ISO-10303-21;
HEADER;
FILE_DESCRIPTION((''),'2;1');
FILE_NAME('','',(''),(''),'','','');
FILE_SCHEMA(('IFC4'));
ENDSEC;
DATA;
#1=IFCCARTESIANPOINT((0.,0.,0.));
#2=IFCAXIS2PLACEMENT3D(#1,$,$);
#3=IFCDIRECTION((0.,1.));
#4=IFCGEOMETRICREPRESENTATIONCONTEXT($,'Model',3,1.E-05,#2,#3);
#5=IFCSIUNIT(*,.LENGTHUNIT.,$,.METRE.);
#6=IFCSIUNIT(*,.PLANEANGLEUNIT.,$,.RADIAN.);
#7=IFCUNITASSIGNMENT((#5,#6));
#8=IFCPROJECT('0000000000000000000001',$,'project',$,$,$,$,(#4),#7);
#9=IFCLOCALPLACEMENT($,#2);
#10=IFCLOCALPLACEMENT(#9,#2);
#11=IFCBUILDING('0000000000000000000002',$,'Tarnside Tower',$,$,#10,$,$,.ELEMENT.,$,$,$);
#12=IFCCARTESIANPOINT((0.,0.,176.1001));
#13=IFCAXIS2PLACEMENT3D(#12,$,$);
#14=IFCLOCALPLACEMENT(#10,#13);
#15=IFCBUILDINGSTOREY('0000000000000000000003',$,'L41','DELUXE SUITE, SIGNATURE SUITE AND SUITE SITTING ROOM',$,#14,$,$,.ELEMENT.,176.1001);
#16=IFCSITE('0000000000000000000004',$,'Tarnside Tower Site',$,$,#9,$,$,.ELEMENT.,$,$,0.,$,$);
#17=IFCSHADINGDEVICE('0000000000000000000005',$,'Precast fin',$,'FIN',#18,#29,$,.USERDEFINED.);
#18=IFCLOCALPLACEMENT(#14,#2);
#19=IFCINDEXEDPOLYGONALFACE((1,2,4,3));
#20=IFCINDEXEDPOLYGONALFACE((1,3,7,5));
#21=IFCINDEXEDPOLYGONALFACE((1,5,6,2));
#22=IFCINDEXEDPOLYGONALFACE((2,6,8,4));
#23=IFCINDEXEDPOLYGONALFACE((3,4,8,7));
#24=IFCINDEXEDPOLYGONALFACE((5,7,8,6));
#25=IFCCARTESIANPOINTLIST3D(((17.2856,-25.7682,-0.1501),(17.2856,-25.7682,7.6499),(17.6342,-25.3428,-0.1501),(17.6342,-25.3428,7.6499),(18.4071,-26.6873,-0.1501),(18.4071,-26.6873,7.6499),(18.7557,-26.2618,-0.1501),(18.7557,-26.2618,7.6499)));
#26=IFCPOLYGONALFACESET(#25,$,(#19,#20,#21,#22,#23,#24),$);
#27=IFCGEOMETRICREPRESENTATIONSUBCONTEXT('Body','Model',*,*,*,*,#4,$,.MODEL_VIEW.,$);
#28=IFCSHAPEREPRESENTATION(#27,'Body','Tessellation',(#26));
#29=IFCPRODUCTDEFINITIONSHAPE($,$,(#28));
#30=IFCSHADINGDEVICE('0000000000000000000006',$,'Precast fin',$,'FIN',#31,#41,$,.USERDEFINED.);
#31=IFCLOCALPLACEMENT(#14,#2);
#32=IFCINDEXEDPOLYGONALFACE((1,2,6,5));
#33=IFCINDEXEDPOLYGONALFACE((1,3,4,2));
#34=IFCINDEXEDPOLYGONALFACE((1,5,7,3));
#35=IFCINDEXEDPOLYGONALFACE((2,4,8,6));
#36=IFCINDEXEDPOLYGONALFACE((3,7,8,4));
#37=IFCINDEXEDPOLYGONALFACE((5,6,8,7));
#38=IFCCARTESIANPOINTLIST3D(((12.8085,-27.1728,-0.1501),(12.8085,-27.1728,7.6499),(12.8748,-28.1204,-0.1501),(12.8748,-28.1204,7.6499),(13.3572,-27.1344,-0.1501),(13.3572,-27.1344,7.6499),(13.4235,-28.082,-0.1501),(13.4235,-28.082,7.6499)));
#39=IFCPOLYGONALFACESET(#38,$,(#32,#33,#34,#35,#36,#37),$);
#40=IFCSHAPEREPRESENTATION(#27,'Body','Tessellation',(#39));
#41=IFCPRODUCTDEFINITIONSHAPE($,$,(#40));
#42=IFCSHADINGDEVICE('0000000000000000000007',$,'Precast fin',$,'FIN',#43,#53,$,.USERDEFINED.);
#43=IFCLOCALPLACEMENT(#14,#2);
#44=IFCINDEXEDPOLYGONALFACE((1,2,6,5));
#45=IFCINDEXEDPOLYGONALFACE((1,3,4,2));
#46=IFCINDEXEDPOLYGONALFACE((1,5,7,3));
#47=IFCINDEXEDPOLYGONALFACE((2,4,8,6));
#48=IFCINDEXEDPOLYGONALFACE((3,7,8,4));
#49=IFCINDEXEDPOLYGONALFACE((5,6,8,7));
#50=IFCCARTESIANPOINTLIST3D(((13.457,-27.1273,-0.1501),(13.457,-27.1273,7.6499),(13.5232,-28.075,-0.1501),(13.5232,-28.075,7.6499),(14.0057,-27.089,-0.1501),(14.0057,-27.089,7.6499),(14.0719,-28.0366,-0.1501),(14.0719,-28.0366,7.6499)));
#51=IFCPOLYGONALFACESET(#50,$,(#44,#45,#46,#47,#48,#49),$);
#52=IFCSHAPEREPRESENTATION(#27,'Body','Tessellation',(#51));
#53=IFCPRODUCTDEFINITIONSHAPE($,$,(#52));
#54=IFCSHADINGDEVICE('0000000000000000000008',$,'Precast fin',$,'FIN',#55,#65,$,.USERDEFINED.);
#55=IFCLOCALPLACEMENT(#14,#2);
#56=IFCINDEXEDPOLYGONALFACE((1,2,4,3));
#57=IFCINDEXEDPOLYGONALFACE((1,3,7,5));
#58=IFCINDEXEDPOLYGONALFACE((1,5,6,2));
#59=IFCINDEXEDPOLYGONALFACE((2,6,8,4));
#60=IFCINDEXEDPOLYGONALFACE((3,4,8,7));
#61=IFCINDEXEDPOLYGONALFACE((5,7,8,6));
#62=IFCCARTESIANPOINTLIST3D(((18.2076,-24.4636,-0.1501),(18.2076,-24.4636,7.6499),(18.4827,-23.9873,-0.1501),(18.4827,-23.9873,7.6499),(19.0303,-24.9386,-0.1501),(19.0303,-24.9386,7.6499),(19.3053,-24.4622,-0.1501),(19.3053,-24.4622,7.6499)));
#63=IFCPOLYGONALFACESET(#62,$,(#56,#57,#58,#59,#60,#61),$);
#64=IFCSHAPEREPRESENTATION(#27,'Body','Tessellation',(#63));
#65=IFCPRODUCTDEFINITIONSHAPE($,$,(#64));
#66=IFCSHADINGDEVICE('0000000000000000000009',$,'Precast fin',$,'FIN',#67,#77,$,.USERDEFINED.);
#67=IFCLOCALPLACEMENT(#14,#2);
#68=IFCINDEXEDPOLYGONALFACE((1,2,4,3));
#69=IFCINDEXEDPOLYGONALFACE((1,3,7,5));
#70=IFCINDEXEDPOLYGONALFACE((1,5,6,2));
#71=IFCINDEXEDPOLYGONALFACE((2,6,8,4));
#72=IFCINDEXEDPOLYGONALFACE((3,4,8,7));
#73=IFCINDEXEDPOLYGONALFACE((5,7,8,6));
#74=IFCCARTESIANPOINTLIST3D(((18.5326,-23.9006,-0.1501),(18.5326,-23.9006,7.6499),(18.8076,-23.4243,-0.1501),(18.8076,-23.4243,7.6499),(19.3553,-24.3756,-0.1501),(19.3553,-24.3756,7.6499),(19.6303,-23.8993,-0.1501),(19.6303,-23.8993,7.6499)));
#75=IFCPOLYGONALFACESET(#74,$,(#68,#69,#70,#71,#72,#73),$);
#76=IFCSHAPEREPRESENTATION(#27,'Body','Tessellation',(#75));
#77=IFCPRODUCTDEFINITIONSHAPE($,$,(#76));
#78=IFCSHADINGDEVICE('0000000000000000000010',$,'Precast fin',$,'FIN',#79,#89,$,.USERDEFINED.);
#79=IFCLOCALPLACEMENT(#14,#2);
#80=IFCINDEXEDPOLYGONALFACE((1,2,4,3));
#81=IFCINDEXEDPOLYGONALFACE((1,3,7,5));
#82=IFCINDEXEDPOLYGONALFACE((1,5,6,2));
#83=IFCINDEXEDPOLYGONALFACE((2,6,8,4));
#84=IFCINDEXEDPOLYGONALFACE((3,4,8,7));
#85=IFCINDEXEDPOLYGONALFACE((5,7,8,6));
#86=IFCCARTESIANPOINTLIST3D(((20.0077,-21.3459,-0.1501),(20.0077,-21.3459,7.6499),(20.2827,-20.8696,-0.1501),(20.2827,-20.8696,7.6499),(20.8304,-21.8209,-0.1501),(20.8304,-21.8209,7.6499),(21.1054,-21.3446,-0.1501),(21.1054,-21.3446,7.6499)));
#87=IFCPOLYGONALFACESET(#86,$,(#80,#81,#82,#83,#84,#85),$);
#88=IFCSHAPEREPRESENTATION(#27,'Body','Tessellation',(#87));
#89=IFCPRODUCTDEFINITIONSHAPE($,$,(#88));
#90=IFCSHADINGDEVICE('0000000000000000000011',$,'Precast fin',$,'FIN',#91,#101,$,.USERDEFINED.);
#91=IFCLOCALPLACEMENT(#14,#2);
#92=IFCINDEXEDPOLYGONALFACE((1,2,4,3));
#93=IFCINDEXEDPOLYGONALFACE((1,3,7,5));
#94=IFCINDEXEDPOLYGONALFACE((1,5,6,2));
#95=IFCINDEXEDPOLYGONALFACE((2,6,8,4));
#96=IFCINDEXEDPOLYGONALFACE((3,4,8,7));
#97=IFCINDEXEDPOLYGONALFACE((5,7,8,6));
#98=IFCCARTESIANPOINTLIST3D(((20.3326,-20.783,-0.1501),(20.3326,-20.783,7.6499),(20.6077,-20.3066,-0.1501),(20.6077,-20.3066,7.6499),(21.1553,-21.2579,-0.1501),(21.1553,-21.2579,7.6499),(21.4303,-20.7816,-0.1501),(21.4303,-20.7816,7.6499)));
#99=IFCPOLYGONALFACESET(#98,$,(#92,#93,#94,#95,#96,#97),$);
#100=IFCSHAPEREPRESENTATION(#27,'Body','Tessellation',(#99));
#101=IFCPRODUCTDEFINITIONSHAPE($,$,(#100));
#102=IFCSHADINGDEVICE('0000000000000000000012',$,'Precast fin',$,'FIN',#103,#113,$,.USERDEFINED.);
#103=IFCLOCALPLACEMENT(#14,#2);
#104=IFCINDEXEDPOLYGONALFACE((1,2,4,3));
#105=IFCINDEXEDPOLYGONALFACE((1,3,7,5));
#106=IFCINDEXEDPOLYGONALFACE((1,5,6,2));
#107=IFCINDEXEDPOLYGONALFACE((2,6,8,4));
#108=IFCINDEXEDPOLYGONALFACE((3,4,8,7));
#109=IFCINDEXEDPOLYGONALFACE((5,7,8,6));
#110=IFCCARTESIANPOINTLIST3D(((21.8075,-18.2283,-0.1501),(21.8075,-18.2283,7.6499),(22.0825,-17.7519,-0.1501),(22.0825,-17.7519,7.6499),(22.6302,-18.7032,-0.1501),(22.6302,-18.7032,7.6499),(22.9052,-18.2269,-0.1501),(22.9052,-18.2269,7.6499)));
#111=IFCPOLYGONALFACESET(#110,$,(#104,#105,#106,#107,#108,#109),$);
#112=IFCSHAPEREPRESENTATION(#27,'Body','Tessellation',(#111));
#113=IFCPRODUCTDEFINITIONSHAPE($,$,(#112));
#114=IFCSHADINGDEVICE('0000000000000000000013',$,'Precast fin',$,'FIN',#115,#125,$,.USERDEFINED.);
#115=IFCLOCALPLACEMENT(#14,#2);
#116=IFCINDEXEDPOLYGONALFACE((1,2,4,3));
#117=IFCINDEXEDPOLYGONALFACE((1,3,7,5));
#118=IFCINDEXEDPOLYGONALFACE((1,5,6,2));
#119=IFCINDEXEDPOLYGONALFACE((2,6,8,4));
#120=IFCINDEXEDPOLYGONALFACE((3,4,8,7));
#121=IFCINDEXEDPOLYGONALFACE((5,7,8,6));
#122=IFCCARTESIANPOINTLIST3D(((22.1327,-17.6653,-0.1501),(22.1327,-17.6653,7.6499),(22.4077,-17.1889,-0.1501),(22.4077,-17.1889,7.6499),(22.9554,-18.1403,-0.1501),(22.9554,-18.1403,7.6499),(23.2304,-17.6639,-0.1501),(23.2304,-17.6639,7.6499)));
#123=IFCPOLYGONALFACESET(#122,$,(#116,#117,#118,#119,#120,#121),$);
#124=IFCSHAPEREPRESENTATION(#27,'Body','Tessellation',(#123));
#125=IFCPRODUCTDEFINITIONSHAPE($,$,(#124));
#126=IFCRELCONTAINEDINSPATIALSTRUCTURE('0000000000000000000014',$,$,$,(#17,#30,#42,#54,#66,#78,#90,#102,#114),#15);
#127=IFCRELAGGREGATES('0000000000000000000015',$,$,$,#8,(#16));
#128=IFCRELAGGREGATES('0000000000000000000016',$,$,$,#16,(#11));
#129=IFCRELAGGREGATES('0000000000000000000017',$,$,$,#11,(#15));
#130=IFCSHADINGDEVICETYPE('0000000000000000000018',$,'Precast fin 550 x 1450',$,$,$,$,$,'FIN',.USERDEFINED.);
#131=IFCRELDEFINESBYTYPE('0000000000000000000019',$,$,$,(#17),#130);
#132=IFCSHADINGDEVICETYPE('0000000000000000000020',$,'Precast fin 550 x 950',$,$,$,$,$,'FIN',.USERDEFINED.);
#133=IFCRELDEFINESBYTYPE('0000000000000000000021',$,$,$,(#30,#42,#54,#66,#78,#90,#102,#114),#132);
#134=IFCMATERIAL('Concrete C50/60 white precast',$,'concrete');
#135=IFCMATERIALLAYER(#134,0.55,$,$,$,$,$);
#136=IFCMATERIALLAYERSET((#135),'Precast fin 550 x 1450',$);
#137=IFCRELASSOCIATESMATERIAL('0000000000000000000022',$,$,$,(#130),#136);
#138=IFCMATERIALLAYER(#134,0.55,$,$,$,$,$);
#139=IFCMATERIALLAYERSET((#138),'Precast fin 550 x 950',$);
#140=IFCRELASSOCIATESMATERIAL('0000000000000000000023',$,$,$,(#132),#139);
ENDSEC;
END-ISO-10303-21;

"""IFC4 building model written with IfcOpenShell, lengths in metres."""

from ifc_helpers import new_model, si_unit, direction, frame, origin, place, context, subcontext, project, spatial, polyline, outline, extrude, material, layer, layer_set, type_object, element, save


model = new_model("IFC4")

# Units and contexts
model_context = context("Model", 3, precision=1e-05, world=origin(), true_north=direction((0.0, 1.0)))
body_context = subcontext(model_context, "Body", "Model", "MODEL_VIEW")
ifc_project = project(units=[si_unit("LENGTHUNIT", "METRE"), si_unit("PLANEANGLEUNIT", "RADIAN")], contexts=[model_context])

# Site, building, storey
site_placement = place(None, origin())
site = spatial("IfcSite", under=ifc_project, at=site_placement, Name="Tarnside Tower Site", CompositionType="ELEMENT", RefElevation=0.0)
building_placement = place(site_placement, origin())
building = spatial("IfcBuilding", under=site, at=building_placement, Name="Tarnside Tower", CompositionType="ELEMENT")
storey_placement = place(building_placement, frame((0.0, 0.0, 176.1001)))
storey = spatial("IfcBuildingStorey", under=building, at=storey_placement, Name="L41", Description="DELUXE SUITE, SIGNATURE SUITE AND SUITE SITTING ROOM", CompositionType="ELEMENT", Elevation=176.1001)

# Shading devices
ifc_material_1 = material(Name="Concrete C50/60 white precast", Category="concrete")
ifc_layer_1 = layer(ifc_material_1, 0.55)
ifc_layer_set_1 = layer_set([ifc_layer_1], Name="Precast fin 550 x 1450")
shading_device_type_1 = type_object("IfcShadingDeviceType", Name="Precast fin 550 x 1450", ElementType="FIN", PredefinedType="USERDEFINED", material=ifc_layer_set_1)
for number, where, z_axis, x_axis, name in (
    (1, (17.46, -25.5554, -0.1501), (-0.633831, -0.773472, 0.0), (0.773472, -0.633831, 0.0), "Precast fin"),
):
    element("IfcShadingDevice", number, at=place(storey_placement, frame(where, z_axis=z_axis, x_axis=x_axis)), inside=storey, type_object=shading_device_type_1, Name=name, ObjectType="FIN", PredefinedType="USERDEFINED", context=body_context, shape_type="SweptSolid", body=[
        extrude(outline(polyline([(0.0, 0.0), (1.45, 0.0), (1.45, 7.8), (0.0, 7.8), (0.0, 0.0)])), frame((0.0, 0.0, -0.2749)), (0.0, 0.0, 1.0), 0.55),
    ])
ifc_layer_2 = layer(ifc_material_1, 0.55)
ifc_layer_set_2 = layer_set([ifc_layer_2], Name="Precast fin 550 x 950")
shading_device_type_2 = type_object("IfcShadingDeviceType", Name="Precast fin 550 x 950", ElementType="FIN", PredefinedType="USERDEFINED", material=ifc_layer_set_2)
for number, where, z_axis, x_axis, name in (
    (2, (13.083, -27.1536, -0.1501), (-0.997564, -0.069756, 0.0), (0.069756, -0.997564, 0.0), "Precast fin"),
    (3, (13.7314, -27.1082, -0.1501), (-0.997564, -0.069756, 0.0), (0.069756, -0.997564, 0.0), "Precast fin"),
    (4, (18.3452, -24.2253, -0.1501), (-0.5, -0.866025, 0.0), (0.866025, -0.5, 0.0), "Precast fin"),
    (5, (18.6702, -23.6624, -0.1501), (-0.5, -0.866025, 0.0), (0.866025, -0.5, 0.0), "Precast fin"),
    (6, (20.1453, -21.1077, -0.1501), (-0.5, -0.866025, 0.0), (0.866025, -0.5, 0.0), "Precast fin"),
    (7, (20.4702, -20.5447, -0.1501), (-0.5, -0.866025, 0.0), (0.866025, -0.5, 0.0), "Precast fin"),
    (8, (21.9451, -17.99, -0.1501), (-0.5, -0.866025, 0.0), (0.866025, -0.5, 0.0), "Precast fin"),
    (9, (22.2703, -17.427, -0.1501), (-0.5, -0.866025, 0.0), (0.866025, -0.5, 0.0), "Precast fin"),
):
    element("IfcShadingDevice", number, at=place(storey_placement, frame(where, z_axis=z_axis, x_axis=x_axis)), inside=storey, type_object=shading_device_type_2, Name=name, ObjectType="FIN", PredefinedType="USERDEFINED", context=body_context, shape_type="SweptSolid", body=[
        extrude(outline(polyline([(0.0, 0.0), (0.95, 0.0), (0.95, 7.8), (0.0, 7.8), (0.0, 0.0)])), frame((0.0, 0.0, -0.2749)), (0.0, 0.0, 1.0), 0.55),
    ])

save(model, "model.ifc")
